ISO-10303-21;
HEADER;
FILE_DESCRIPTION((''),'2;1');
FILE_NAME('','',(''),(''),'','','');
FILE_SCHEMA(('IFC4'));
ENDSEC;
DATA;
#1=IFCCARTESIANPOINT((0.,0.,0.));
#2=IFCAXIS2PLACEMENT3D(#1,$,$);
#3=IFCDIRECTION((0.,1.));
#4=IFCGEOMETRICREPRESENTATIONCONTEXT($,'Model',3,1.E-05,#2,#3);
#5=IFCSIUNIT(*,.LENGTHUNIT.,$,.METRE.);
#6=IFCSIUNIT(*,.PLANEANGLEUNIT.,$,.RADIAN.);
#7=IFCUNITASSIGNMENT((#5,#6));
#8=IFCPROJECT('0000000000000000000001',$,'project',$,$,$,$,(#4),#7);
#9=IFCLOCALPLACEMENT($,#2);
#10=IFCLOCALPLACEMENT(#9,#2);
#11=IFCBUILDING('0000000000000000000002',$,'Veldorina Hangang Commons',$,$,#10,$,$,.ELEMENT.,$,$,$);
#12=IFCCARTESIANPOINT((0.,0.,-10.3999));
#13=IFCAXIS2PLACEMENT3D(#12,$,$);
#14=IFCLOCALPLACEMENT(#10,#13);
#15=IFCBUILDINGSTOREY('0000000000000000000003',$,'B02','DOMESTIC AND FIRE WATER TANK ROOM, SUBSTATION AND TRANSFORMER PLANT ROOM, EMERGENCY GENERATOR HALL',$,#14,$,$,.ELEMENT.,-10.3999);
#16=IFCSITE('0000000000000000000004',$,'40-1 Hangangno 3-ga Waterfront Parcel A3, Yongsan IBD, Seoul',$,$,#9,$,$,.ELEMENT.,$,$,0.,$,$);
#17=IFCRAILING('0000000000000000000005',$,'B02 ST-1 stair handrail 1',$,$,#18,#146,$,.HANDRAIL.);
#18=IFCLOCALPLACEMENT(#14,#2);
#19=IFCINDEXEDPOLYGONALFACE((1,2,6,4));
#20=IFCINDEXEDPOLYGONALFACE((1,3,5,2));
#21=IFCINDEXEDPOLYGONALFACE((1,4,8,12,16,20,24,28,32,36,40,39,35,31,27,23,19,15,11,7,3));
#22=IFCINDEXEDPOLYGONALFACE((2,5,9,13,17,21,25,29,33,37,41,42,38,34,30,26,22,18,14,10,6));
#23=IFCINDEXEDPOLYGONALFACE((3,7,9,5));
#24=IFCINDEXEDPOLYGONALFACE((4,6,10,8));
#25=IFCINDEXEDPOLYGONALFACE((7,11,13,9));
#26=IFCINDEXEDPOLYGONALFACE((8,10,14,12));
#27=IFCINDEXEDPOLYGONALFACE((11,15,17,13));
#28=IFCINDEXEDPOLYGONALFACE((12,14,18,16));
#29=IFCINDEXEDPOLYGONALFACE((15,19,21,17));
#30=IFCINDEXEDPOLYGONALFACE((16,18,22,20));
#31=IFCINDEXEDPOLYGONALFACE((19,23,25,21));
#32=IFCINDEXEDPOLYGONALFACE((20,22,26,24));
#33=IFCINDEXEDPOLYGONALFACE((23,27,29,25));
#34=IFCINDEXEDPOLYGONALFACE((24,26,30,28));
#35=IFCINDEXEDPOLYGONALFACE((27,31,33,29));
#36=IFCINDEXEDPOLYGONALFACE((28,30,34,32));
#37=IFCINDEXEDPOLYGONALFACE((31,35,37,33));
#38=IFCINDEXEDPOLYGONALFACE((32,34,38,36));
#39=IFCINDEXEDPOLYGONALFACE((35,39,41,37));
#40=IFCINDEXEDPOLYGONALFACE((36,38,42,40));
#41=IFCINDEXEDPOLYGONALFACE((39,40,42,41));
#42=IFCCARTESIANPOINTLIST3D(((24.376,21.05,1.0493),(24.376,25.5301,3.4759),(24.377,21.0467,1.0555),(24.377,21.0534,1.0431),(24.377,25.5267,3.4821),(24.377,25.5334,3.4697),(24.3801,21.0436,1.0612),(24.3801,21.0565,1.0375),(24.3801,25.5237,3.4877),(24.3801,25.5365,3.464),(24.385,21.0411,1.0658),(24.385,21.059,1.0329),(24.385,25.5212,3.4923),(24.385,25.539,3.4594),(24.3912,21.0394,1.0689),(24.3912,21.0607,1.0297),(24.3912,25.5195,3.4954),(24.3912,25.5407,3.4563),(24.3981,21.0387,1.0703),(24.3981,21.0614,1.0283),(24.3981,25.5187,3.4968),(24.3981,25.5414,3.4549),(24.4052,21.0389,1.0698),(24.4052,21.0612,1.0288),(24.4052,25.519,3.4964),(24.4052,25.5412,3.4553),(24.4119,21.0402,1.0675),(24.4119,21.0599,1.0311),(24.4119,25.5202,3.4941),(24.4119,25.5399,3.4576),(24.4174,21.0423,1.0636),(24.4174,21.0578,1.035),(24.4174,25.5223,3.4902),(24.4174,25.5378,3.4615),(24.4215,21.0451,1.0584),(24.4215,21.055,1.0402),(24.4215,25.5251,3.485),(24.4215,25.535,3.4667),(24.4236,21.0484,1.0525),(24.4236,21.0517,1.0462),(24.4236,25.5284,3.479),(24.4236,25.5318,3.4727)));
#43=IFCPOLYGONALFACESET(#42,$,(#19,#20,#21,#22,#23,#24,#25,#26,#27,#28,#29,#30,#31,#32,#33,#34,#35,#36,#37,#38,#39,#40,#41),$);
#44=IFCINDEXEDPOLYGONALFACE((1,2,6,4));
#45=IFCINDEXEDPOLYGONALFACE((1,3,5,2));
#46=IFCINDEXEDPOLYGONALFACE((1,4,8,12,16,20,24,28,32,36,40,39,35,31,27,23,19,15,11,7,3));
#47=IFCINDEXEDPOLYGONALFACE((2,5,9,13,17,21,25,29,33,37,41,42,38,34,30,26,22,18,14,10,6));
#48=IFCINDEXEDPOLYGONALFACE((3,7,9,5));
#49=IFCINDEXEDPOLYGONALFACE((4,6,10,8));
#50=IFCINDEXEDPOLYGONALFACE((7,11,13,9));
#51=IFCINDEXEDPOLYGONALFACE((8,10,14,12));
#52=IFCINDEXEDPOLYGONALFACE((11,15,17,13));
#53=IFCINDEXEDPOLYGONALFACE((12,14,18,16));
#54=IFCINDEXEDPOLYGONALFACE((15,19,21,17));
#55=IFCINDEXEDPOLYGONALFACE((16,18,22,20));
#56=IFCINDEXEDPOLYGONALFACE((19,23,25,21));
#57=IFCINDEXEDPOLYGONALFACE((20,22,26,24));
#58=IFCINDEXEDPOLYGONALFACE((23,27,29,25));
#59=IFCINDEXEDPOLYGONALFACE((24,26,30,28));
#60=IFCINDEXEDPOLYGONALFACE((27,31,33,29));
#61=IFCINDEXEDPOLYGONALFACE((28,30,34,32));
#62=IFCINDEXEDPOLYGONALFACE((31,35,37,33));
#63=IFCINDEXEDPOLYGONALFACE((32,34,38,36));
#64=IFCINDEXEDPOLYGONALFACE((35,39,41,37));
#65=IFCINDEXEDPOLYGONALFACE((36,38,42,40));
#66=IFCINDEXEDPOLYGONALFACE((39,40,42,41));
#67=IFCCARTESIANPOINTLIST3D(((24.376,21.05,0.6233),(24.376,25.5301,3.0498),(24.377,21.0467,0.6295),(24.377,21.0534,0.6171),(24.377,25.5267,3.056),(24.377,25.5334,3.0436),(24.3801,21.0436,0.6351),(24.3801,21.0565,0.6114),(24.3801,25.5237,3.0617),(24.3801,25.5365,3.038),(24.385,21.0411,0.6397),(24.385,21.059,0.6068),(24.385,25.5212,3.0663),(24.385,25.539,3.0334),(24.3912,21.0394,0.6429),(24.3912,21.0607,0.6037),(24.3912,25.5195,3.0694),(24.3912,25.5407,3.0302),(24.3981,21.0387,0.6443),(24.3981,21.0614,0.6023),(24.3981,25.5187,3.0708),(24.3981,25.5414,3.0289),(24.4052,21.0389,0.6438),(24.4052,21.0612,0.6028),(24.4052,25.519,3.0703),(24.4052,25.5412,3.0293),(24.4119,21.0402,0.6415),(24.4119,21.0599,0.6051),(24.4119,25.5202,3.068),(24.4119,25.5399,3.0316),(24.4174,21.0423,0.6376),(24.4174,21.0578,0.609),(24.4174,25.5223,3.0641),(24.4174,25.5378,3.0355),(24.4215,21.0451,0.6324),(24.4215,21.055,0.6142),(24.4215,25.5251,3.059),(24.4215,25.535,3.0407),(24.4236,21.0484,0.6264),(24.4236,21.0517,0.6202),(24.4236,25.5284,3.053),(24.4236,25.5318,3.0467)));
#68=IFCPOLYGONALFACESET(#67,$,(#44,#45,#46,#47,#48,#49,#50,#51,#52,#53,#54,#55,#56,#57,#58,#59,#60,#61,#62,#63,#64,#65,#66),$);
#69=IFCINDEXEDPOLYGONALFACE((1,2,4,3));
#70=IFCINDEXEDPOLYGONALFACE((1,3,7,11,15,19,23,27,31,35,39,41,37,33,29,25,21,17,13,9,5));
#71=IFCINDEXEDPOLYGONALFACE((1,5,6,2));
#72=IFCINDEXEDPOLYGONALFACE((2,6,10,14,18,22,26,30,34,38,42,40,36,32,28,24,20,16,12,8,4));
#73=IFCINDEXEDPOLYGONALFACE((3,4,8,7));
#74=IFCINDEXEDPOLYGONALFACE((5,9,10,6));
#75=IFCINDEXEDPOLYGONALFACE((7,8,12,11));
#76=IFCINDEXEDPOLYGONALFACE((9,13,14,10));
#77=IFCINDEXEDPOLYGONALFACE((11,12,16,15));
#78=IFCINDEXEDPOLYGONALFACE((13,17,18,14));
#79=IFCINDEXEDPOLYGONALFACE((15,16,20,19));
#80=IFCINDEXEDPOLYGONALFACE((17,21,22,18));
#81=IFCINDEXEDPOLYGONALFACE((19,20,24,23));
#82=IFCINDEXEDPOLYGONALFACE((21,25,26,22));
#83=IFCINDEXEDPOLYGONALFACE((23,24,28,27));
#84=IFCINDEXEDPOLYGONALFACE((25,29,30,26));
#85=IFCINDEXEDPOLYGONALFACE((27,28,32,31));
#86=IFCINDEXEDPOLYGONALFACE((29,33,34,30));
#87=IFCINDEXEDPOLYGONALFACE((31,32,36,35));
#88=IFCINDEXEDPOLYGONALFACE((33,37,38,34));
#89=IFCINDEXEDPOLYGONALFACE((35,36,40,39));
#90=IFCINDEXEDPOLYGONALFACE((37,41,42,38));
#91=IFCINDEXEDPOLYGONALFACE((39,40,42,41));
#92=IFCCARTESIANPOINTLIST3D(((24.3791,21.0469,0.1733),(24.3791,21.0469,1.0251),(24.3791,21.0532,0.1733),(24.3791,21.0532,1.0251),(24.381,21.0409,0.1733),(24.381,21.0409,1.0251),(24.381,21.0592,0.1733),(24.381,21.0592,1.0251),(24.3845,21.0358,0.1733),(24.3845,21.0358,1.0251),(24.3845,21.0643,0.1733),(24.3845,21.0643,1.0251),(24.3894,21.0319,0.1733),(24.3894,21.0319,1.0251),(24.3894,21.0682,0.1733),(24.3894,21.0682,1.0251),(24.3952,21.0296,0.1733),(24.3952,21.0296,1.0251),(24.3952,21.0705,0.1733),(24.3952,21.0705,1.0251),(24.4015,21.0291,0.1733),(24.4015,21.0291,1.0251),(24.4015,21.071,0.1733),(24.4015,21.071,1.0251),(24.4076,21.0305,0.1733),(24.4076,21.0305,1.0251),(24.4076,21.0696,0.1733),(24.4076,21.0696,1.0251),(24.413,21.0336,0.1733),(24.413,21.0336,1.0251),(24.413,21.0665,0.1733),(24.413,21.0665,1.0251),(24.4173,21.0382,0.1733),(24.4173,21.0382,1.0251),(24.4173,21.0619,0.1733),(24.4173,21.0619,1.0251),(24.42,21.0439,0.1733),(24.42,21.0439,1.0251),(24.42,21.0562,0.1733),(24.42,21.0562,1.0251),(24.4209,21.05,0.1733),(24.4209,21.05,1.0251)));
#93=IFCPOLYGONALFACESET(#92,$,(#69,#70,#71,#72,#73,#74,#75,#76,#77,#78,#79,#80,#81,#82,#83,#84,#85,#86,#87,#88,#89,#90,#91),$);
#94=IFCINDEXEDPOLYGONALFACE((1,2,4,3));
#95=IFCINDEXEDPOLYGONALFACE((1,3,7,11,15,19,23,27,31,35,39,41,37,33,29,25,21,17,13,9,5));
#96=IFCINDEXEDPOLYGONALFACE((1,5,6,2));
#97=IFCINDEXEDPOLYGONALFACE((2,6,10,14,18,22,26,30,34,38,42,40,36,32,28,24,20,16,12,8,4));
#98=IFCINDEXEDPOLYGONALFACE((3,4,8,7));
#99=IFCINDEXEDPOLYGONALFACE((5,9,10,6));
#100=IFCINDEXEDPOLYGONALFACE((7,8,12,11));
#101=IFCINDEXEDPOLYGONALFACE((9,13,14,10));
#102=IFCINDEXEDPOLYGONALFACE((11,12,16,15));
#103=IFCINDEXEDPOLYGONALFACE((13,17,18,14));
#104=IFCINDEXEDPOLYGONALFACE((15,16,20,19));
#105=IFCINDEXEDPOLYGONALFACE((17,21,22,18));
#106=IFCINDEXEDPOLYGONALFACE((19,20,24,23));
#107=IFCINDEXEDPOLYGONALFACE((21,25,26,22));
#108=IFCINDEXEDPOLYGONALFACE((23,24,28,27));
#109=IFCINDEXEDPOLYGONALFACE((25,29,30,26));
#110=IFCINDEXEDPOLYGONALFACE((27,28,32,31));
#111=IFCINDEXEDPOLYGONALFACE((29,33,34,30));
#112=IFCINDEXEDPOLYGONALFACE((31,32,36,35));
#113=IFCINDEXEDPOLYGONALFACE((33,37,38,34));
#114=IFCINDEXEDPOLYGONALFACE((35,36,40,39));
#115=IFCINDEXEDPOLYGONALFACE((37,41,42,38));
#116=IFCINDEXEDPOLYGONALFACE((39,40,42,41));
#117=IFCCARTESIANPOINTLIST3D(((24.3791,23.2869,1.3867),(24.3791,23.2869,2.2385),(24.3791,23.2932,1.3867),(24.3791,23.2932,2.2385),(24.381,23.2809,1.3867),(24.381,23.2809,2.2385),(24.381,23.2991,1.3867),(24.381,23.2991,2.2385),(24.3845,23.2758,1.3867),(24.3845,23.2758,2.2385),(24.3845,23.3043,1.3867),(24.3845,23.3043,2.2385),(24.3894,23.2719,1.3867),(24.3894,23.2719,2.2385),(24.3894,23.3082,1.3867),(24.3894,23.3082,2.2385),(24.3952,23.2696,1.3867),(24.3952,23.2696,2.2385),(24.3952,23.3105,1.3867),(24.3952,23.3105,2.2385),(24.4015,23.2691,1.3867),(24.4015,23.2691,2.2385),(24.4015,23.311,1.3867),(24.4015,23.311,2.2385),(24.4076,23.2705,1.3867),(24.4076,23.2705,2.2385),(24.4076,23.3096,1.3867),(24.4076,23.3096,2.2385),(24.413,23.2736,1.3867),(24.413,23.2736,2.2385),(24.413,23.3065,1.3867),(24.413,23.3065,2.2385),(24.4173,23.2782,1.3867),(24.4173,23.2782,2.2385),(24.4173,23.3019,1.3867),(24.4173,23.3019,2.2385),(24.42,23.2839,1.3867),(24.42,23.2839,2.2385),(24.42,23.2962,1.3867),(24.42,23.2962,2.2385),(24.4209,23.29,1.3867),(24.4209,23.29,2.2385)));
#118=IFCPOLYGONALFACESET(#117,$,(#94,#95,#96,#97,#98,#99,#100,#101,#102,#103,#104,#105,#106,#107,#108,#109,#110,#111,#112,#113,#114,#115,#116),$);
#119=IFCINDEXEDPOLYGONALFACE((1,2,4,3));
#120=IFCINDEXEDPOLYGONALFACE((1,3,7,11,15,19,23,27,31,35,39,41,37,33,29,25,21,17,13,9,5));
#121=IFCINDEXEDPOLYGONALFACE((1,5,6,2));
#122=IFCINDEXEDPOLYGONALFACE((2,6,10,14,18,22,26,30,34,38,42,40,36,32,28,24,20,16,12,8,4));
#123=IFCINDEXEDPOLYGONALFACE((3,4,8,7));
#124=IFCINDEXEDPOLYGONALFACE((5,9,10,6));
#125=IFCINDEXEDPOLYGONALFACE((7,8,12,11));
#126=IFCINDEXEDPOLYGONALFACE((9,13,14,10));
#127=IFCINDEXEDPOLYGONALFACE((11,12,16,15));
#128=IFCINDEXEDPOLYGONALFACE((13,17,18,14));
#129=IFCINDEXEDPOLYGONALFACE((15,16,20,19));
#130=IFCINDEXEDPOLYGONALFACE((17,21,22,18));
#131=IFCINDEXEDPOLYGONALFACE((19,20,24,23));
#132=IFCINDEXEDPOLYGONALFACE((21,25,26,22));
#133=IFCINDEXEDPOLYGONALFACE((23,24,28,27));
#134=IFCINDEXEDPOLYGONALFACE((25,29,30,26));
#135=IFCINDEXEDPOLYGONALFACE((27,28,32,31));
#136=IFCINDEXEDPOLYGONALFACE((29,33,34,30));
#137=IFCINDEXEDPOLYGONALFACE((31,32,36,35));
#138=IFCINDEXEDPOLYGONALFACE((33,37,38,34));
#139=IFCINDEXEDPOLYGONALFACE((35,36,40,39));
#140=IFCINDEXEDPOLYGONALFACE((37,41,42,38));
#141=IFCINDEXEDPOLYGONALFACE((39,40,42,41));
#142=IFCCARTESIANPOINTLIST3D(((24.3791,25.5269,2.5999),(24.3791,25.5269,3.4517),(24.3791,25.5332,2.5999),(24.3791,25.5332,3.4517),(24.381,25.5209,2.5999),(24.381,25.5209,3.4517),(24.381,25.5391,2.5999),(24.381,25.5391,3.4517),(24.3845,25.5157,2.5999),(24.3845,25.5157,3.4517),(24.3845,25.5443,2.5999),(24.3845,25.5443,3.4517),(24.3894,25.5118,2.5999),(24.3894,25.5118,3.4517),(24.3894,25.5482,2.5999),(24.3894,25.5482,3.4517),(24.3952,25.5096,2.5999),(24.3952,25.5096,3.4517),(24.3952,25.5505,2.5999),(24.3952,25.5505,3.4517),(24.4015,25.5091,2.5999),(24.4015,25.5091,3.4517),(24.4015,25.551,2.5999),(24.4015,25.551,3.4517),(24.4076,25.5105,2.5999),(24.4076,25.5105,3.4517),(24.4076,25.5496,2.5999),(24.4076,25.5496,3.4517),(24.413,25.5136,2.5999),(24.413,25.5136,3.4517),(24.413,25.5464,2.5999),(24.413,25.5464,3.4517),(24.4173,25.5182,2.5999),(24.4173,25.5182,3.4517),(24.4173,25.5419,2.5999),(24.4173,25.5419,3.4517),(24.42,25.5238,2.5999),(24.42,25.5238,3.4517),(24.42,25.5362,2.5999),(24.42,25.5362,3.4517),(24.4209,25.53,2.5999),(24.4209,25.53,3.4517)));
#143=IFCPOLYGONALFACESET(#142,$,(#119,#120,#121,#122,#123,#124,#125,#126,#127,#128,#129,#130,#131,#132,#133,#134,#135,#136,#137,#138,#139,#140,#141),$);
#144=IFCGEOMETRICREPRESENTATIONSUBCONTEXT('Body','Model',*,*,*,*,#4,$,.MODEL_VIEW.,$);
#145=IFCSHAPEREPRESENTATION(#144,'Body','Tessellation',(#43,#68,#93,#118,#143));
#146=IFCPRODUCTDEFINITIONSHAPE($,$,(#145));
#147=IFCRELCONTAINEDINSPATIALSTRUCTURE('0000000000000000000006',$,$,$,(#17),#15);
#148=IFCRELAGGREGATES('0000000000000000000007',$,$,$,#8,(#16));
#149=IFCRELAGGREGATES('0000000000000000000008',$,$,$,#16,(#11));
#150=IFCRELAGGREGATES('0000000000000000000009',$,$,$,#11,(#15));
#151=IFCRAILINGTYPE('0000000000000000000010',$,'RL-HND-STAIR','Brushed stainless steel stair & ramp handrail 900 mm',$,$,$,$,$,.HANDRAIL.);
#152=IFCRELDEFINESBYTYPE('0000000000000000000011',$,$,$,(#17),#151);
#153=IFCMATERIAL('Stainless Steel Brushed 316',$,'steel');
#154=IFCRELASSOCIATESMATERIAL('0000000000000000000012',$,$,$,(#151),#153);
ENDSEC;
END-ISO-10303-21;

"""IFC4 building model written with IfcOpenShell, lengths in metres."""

from ifc_helpers import new_model, si_unit, direction, frame, origin, origin_2d, place, context, subcontext, project, spatial, circle, extrude, material, type_object, element, save


model = new_model("IFC4")

# Units and contexts
model_context = context("Model", 3, precision=1e-05, world=origin(), true_north=direction((0.0, 1.0)))
body_context = subcontext(model_context, "Body", "Model", "MODEL_VIEW")
ifc_project = project(units=[si_unit("LENGTHUNIT", "METRE"), si_unit("PLANEANGLEUNIT", "RADIAN")], contexts=[model_context])

# Site, building, storey
site_placement = place(None, origin())
site = spatial("IfcSite", under=ifc_project, at=site_placement, Name="40-1 Hangangno 3-ga Waterfront Parcel A3, Yongsan IBD, Seoul", CompositionType="ELEMENT", RefElevation=0.0)
building_placement = place(site_placement, origin())
building = spatial("IfcBuilding", under=site, at=building_placement, Name="Veldorina Hangang Commons", CompositionType="ELEMENT")
storey_placement = place(building_placement, frame((0.0, 0.0, -10.3999)))
storey = spatial("IfcBuildingStorey", under=building, at=storey_placement, Name="B02", Description="DOMESTIC AND FIRE WATER TANK ROOM, SUBSTATION AND TRANSFORMER PLANT ROOM, EMERGENCY GENERATOR HALL", CompositionType="ELEMENT", Elevation=-10.3999)

# Railing
ifc_material_1 = material(Name="Stainless Steel Brushed 316", Category="steel")
railing_type_1 = type_object("IfcRailingType", Name="RL-HND-STAIR", Description="Brushed stainless steel stair & ramp handrail 900 mm", PredefinedType="HANDRAIL", material=ifc_material_1)
railing_1_placement = place(storey_placement, frame((24.3999, 21.05, 0.1733)))
element("IfcRailing", 1, at=railing_1_placement, inside=storey, type_object=railing_type_1, Name="B02 ST-1 stair handrail 1", PredefinedType="HANDRAIL", context=body_context, shape_type="SweptSolid", body=[
    extrude(circle(Radius=0.0239, at=origin_2d()), frame((0.0, 0.0, 0.876), z_axis=(0.0, 0.879304, 0.476262), x_axis=(-1.0, 0.0, 0.0)), (0.0, 0.0, 1.0), 5.095),
    extrude(circle(Radius=0.0239, at=origin_2d()), frame((0.0, 0.0, 0.45), z_axis=(0.0, 0.879304, 0.476262), x_axis=(-1.0, 0.0, 0.0)), (0.0, 0.0, 1.0), 5.095),
    extrude(circle(Radius=0.021, at=origin_2d()), origin(), (0.0, 0.0, 1.0), 0.8518),
    extrude(circle(Radius=0.021, at=origin_2d()), frame((0.0, 2.24, 1.2134)), (0.0, 0.0, 1.0), 0.8518),
    extrude(circle(Radius=0.021, at=origin_2d()), frame((0.0, 4.48, 2.4265)), (0.0, 0.0, 1.0), 0.8518),
])

save(model, "model.ifc")
